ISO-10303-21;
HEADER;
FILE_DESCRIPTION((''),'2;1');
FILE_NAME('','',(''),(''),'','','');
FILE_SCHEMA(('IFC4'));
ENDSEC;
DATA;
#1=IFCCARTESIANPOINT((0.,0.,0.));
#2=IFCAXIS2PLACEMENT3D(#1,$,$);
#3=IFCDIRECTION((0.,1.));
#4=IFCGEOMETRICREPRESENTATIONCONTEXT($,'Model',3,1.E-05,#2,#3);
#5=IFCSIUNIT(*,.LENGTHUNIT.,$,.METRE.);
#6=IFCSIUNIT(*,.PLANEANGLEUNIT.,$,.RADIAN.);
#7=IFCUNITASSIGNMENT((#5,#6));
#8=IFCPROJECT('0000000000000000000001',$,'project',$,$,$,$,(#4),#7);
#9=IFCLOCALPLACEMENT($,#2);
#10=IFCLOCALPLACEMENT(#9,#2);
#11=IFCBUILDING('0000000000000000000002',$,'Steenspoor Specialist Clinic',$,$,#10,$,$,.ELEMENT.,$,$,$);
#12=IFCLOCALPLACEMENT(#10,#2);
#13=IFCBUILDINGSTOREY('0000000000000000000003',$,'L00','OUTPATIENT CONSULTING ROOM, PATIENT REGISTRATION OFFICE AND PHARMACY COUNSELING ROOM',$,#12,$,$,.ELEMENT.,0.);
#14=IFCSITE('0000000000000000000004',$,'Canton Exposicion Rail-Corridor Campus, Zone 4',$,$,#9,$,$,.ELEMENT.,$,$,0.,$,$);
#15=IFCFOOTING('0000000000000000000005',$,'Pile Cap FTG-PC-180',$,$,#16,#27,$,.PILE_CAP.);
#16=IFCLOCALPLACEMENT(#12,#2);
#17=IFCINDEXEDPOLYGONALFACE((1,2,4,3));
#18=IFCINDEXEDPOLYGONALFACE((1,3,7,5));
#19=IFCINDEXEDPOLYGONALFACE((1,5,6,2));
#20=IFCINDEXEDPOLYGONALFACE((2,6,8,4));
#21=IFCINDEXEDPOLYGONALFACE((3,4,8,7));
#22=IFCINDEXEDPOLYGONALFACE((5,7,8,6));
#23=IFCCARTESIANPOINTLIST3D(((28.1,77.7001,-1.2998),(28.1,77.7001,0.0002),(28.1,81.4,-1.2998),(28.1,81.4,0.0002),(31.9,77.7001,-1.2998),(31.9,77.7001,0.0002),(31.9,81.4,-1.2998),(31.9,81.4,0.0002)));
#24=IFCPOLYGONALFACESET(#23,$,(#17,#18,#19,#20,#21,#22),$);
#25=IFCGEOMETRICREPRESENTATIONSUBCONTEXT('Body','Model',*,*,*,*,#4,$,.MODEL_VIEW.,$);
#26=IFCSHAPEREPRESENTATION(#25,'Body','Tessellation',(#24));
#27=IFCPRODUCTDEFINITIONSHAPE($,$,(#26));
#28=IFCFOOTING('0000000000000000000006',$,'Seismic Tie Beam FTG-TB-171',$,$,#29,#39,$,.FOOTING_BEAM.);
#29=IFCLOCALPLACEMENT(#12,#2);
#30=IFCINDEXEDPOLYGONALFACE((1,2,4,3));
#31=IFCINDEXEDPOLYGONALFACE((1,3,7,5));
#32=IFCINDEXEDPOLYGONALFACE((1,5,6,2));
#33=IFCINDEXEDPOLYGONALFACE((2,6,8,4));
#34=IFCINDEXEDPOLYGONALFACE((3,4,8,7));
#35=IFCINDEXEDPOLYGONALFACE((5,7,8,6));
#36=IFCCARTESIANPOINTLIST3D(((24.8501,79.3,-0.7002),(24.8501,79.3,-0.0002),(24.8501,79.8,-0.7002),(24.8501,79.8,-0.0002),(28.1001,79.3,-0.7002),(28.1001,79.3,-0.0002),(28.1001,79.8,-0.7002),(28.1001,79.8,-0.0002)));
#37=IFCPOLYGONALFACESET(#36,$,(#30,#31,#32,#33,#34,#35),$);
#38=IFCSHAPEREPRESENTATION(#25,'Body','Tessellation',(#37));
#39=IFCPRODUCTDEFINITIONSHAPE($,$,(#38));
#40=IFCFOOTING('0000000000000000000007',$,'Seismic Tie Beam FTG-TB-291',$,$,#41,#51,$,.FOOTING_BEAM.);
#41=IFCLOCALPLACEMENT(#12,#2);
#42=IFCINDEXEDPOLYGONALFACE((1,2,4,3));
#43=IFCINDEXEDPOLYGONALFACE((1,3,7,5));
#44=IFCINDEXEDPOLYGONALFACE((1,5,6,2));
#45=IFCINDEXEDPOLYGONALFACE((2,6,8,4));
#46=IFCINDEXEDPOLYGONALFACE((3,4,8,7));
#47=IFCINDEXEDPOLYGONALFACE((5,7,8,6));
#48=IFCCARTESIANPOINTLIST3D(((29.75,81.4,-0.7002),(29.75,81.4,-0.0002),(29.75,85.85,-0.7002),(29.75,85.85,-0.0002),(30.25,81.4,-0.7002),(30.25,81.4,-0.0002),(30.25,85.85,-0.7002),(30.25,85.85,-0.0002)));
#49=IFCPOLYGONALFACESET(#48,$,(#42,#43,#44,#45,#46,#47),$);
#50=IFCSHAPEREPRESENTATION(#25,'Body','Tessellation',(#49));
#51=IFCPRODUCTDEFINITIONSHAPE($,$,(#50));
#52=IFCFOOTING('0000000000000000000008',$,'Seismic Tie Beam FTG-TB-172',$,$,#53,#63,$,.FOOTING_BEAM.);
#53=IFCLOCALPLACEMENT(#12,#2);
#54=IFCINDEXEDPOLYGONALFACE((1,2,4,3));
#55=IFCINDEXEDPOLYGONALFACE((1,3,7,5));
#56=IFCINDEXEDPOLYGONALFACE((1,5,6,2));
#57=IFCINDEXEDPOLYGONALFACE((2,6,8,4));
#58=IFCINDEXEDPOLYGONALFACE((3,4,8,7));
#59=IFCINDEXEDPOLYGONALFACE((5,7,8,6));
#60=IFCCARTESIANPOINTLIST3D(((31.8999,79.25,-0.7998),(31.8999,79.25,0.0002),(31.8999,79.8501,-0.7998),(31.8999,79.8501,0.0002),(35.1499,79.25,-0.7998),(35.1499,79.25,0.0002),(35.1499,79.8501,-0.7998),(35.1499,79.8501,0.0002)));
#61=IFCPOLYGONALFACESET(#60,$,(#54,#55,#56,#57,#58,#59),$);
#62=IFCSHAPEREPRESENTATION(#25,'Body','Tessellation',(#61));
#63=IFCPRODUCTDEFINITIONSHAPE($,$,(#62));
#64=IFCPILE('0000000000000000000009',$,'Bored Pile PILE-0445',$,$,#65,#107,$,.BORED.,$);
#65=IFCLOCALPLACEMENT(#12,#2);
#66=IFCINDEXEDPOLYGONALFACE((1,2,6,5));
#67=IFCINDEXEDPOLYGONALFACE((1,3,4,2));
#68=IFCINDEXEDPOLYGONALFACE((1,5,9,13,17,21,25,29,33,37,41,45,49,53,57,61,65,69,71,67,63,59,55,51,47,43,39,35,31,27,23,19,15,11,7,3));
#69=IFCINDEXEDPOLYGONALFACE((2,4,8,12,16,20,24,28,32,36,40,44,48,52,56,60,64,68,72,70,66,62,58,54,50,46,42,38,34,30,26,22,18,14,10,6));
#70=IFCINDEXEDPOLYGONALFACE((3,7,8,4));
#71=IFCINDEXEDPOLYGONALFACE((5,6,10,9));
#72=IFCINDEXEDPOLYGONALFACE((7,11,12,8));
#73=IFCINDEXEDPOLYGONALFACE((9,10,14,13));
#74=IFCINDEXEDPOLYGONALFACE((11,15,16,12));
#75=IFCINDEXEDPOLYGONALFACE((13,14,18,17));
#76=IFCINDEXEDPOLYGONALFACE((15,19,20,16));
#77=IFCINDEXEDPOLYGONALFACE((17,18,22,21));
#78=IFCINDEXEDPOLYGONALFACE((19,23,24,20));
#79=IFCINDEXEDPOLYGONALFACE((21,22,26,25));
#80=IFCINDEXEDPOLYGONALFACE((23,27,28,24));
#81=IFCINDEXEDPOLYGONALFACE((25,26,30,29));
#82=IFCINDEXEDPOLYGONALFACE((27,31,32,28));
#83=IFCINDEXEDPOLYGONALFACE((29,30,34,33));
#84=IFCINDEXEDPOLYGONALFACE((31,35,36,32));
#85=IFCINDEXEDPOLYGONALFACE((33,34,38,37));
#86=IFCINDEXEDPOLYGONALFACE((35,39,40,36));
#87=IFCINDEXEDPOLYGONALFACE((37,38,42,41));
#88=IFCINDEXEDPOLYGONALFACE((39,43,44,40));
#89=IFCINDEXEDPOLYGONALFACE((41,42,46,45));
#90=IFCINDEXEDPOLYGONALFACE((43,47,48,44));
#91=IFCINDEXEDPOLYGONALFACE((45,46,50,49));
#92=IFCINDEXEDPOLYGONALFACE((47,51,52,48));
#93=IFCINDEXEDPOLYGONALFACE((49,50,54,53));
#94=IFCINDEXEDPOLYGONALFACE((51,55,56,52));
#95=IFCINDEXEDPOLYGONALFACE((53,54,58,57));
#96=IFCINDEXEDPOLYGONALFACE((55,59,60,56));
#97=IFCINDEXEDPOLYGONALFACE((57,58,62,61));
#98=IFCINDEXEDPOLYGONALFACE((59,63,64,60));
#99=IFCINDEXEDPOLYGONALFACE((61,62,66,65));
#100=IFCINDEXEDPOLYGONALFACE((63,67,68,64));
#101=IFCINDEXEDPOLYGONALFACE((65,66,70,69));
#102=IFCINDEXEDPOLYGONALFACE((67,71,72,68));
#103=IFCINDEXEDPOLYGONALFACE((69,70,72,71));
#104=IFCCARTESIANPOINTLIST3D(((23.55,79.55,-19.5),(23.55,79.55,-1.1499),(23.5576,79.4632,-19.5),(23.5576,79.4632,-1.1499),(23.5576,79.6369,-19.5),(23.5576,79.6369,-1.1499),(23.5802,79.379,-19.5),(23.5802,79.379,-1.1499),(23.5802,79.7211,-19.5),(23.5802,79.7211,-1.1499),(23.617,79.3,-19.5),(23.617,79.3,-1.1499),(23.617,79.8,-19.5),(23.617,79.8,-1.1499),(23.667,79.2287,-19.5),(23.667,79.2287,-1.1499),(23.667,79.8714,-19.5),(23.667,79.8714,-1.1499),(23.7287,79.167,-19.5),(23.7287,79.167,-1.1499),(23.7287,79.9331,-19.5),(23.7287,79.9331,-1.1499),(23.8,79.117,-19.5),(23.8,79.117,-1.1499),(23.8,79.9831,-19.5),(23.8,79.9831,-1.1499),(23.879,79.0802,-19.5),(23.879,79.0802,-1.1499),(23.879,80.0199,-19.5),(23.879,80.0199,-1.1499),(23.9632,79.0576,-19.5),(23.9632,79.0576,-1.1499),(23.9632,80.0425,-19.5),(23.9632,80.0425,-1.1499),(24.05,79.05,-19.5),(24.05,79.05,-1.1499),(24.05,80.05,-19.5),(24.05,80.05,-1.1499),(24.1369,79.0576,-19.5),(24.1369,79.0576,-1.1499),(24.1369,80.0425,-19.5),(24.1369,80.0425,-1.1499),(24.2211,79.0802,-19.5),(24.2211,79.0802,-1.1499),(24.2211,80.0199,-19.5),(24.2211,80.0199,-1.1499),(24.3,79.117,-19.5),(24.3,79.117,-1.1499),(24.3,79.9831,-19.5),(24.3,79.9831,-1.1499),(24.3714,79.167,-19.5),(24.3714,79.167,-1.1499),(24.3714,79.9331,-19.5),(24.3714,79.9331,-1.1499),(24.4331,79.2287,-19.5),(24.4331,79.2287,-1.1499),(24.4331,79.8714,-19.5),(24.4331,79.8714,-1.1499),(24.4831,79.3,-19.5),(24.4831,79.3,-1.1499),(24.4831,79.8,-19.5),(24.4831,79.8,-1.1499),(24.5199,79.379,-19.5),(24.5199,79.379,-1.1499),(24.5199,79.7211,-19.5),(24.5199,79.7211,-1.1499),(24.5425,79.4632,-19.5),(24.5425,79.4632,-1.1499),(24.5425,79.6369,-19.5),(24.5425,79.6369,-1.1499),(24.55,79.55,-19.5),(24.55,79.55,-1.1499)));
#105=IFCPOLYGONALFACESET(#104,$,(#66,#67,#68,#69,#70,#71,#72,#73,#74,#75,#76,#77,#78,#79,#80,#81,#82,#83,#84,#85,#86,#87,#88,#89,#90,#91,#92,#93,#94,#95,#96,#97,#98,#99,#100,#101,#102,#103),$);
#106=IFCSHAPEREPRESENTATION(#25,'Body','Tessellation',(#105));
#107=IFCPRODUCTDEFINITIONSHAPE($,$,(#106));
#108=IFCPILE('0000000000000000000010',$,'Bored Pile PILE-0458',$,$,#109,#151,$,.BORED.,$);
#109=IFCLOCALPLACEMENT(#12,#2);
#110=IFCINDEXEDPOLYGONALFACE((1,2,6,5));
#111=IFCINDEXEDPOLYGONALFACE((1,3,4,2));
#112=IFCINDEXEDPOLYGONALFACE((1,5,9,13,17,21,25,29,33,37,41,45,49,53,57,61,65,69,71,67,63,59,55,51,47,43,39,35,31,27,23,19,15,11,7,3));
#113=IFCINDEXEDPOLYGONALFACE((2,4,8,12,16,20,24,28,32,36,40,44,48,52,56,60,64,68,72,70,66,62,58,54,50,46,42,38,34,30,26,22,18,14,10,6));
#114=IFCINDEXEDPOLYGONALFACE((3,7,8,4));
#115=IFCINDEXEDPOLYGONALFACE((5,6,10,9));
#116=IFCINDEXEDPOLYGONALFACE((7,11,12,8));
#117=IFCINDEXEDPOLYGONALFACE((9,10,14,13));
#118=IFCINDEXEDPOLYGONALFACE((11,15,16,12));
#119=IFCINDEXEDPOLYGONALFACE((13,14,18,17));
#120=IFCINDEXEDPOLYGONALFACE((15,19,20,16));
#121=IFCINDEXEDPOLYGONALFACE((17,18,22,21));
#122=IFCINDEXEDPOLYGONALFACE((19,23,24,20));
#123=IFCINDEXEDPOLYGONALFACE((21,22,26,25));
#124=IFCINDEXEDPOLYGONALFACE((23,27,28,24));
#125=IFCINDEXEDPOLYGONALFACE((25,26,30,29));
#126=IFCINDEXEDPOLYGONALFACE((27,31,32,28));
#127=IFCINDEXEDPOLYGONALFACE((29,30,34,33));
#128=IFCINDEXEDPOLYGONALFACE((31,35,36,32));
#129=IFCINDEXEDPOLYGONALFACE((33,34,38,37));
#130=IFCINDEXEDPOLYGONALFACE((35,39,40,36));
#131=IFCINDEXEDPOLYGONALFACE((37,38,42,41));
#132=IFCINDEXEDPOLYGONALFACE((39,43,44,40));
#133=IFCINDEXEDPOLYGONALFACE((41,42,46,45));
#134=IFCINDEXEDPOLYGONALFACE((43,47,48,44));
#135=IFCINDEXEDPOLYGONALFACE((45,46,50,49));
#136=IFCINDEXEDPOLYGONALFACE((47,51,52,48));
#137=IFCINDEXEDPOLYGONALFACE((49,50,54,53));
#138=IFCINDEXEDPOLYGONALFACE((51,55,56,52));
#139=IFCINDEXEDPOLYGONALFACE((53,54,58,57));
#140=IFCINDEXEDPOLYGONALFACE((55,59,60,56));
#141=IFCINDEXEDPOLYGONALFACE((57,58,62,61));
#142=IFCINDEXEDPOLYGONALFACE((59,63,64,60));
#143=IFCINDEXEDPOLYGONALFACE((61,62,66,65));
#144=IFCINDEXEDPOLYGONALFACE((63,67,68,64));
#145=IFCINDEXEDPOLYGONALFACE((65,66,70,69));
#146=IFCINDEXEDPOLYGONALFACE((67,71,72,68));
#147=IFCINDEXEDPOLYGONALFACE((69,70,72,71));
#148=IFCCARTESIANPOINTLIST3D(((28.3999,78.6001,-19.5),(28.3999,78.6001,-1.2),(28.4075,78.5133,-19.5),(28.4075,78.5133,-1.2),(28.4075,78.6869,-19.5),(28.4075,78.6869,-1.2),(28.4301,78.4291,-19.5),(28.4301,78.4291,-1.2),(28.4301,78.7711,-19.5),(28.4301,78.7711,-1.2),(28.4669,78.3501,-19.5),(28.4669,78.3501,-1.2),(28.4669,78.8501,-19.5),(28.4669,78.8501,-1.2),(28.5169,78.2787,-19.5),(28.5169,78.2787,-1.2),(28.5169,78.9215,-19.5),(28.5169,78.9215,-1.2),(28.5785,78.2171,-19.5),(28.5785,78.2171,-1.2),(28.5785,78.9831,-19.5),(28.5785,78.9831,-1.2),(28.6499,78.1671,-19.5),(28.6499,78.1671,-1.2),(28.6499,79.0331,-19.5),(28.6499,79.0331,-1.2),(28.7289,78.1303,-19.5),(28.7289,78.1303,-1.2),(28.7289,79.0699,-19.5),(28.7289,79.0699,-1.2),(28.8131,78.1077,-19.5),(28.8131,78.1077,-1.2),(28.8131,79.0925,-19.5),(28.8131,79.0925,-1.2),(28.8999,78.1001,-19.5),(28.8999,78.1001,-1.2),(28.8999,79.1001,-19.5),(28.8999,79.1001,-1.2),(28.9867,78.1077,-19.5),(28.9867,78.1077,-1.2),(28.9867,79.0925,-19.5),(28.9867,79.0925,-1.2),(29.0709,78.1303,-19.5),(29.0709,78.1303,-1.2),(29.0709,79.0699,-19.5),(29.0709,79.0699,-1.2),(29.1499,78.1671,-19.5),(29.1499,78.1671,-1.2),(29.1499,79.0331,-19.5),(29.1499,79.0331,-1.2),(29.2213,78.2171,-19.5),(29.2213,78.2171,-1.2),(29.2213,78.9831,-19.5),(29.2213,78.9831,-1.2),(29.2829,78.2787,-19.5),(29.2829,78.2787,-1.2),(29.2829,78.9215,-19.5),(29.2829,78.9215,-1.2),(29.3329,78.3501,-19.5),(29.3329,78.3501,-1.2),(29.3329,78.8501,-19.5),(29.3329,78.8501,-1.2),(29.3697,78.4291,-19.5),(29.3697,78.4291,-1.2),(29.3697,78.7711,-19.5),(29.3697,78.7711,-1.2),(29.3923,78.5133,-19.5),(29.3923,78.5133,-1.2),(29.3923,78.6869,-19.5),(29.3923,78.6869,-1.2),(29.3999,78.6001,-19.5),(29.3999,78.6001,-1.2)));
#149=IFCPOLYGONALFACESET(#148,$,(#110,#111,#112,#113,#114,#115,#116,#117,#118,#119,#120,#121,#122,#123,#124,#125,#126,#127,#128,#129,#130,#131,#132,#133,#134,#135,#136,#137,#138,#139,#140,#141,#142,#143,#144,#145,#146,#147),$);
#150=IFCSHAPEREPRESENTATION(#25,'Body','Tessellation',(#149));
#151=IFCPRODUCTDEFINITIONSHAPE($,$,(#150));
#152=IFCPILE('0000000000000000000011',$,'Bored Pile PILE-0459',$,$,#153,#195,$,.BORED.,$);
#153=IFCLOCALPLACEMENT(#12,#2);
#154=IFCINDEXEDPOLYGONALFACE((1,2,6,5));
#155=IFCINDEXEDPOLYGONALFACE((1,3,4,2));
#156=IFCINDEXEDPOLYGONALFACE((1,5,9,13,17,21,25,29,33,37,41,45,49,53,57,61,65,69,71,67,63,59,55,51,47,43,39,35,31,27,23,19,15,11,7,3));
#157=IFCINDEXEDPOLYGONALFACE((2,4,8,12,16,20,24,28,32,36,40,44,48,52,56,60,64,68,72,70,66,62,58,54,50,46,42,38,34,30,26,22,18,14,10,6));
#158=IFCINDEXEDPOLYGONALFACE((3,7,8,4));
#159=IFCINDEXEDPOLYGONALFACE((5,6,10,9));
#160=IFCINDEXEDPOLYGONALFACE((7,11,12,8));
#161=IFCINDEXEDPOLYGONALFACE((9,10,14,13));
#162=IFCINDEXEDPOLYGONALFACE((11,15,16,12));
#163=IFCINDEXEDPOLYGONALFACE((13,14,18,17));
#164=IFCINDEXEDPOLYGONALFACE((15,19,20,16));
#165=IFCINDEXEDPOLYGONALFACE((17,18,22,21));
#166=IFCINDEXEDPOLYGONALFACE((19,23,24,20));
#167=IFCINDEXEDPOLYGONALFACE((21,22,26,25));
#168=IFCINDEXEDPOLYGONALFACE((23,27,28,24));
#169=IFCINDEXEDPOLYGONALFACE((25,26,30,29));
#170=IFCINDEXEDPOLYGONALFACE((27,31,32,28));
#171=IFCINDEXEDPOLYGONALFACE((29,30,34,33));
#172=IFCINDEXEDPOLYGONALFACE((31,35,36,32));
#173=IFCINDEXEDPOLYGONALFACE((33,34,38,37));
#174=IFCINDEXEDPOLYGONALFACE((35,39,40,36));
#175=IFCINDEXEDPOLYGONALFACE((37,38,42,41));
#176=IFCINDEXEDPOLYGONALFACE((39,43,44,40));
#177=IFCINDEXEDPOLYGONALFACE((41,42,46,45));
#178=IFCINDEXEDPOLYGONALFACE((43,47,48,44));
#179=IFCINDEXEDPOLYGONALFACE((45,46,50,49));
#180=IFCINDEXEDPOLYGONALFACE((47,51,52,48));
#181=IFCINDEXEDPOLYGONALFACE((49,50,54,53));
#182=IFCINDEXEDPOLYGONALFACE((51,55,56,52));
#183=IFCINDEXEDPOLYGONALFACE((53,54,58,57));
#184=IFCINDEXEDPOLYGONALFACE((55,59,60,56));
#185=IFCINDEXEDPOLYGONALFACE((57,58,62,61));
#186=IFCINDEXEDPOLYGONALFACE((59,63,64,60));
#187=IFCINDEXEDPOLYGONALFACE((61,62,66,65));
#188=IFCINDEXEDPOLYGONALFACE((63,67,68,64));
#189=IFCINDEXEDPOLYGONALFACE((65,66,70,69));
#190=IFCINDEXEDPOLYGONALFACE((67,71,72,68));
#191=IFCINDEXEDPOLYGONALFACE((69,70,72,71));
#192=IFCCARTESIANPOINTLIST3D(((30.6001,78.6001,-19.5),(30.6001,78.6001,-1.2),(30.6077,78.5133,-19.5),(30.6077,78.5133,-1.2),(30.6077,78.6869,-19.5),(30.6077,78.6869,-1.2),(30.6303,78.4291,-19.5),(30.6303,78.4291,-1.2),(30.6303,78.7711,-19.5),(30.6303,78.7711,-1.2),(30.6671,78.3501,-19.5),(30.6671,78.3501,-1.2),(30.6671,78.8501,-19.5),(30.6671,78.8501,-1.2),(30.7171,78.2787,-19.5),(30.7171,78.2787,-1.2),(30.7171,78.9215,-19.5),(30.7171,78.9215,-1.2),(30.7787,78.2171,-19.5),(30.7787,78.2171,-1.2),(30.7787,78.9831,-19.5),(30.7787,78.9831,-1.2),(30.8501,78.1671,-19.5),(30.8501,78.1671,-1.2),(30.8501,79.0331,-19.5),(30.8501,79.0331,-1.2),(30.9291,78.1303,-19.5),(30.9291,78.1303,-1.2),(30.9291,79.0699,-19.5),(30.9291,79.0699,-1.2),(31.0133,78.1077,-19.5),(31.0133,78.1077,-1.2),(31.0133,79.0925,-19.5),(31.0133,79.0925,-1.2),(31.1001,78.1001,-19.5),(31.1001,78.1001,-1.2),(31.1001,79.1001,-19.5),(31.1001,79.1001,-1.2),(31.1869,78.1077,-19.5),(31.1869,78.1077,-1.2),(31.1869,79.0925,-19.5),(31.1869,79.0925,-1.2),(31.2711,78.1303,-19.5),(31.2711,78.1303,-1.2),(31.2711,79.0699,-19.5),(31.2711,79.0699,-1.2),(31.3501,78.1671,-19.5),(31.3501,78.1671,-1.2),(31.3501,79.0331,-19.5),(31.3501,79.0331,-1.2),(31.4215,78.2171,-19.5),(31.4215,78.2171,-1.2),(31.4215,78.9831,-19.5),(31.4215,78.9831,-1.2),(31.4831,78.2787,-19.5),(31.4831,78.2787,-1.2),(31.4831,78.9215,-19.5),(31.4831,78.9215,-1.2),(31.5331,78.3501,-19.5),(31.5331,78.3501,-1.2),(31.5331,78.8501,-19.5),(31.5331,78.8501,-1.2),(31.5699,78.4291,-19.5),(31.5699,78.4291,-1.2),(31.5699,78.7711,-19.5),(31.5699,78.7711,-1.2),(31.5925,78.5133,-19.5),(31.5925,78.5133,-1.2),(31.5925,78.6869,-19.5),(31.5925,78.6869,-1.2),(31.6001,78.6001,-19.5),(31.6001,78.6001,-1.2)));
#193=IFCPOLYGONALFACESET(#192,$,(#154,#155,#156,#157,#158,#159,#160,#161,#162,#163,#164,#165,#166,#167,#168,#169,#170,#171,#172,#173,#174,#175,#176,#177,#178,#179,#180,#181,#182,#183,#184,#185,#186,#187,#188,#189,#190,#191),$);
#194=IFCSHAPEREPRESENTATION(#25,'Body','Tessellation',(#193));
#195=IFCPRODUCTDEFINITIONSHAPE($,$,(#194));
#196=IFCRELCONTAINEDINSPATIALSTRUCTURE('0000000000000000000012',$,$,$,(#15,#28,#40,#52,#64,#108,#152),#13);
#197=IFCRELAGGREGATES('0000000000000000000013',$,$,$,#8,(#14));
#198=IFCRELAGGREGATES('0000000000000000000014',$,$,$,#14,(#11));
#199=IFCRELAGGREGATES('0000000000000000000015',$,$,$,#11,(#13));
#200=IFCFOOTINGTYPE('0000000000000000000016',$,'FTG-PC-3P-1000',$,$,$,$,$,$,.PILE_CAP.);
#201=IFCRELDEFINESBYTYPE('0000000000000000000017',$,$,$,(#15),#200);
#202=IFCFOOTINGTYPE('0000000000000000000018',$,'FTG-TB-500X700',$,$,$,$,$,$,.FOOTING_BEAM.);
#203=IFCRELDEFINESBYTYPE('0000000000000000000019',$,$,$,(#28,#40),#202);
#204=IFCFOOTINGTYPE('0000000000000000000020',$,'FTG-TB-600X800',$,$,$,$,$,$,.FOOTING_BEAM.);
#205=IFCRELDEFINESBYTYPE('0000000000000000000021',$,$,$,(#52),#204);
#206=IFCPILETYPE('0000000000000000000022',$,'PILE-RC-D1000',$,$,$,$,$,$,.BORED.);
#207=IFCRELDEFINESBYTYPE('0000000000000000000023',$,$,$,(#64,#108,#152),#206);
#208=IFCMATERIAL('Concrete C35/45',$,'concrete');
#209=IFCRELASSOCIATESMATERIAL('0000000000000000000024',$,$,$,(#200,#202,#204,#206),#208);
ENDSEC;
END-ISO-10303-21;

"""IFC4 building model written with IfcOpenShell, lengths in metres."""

from ifc_helpers import new_model, si_unit, direction, frame, origin, origin_2d, place, context, subcontext, project, spatial, rectangle, circle, extrude, material, material_profile, profile_set, type_object, element, save


model = new_model("IFC4")

# Units and contexts
model_context = context("Model", 3, precision=1e-05, world=origin(), true_north=direction((0.0, 1.0)))
body_context = subcontext(model_context, "Body", "Model", "MODEL_VIEW")
ifc_project = project(units=[si_unit("LENGTHUNIT", "METRE"), si_unit("PLANEANGLEUNIT", "RADIAN")], contexts=[model_context])

# Site, building, storey
site_placement = place(None, origin())
site = spatial("IfcSite", under=ifc_project, at=site_placement, Name="Canton Exposicion Rail-Corridor Campus, Zone 4", CompositionType="ELEMENT", RefElevation=0.0)
building_placement = place(site_placement, origin())
building = spatial("IfcBuilding", under=site, at=building_placement, Name="Steenspoor Specialist Clinic", CompositionType="ELEMENT")
storey_placement = place(building_placement, origin())
storey = spatial("IfcBuildingStorey", under=building, at=storey_placement, Name="L00", Description="OUTPATIENT CONSULTING ROOM, PATIENT REGISTRATION OFFICE AND PHARMACY COUNSELING ROOM", CompositionType="ELEMENT", Elevation=0.0)

# Footings
ifc_material_1 = material(Name="Concrete C35/45", Category="concrete")
footing_type_1 = type_object("IfcFootingType", Name="FTG-PC-3P-1000", PredefinedType="PILE_CAP", material=ifc_material_1)
footing_1_placement = place(storey_placement, frame((30.0, 79.55, -1.2998), z_axis=(0.0, 0.0, 1.0), x_axis=(1.0, 0.0, 0.0)))
element("IfcFooting", 1, at=footing_1_placement, inside=storey, type_object=footing_type_1, Name="Pile Cap FTG-PC-180", PredefinedType="PILE_CAP", context=body_context, shape_type="SweptSolid", body=[
    extrude(rectangle(XDim=3.8, YDim=3.7, at=origin_2d()), origin(), (0.0, 0.0, 1.0), 1.3),
])
footing_type_2 = type_object("IfcFootingType", Name="FTG-TB-500X700", PredefinedType="FOOTING_BEAM", material=ifc_material_1)
footing_2_placement = place(storey_placement, frame((26.4751, 79.55, -0.7002), z_axis=(0.0, 0.0, 1.0), x_axis=(1.0, 0.0, 0.0)))
element("IfcFooting", 2, at=footing_2_placement, inside=storey, type_object=footing_type_2, Name="Seismic Tie Beam FTG-TB-171", PredefinedType="FOOTING_BEAM", context=body_context, shape_type="SweptSolid", body=[
    extrude(rectangle(XDim=3.25, YDim=0.5, at=origin_2d()), origin(), (0.0, 0.0, 1.0), 0.7),
])
footing_3_placement = place(storey_placement, frame((30.0, 83.625, -0.7002), z_axis=(0.0, 0.0, 1.0), x_axis=(1.0, 0.0, 0.0)))
element("IfcFooting", 3, at=footing_3_placement, inside=storey, type_object=footing_type_2, Name="Seismic Tie Beam FTG-TB-291", PredefinedType="FOOTING_BEAM", context=body_context, shape_type="SweptSolid", body=[
    extrude(rectangle(XDim=0.5, YDim=4.45, at=origin_2d()), origin(), (0.0, 0.0, 1.0), 0.7),
])
footing_type_3 = type_object("IfcFootingType", Name="FTG-TB-600X800", PredefinedType="FOOTING_BEAM", material=ifc_material_1)
footing_4_placement = place(storey_placement, frame((33.5249, 79.55, -0.7998), z_axis=(0.0, 0.0, 1.0), x_axis=(1.0, 0.0, 0.0)))
element("IfcFooting", 4, at=footing_4_placement, inside=storey, type_object=footing_type_3, Name="Seismic Tie Beam FTG-TB-172", PredefinedType="FOOTING_BEAM", context=body_context, shape_type="SweptSolid", body=[
    extrude(rectangle(XDim=3.25, YDim=0.6001, at=origin_2d()), origin(), (0.0, 0.0, 1.0), 0.8),
])

# Piles
ifc_material_profile_1 = material_profile(ifc_material_1, circle(Radius=0.5, at=origin_2d()), Name="PILE-D1000")
ifc_profile_set_1 = profile_set([ifc_material_profile_1], Name="Concrete C35/45")
pile_type = type_object("IfcPileType", Name="PILE-RC-D1000", PredefinedType="BORED", material=ifc_profile_set_1)
pile_placement = place(storey_placement, frame((24.05, 79.55, -1.1499), z_axis=(0.0, 0.0, -1.0), x_axis=(1.0, 0.0, 0.0)))
element("IfcPile", 5, at=pile_placement, inside=storey, type_object=pile_type, Name="Bored Pile PILE-0445", PredefinedType="BORED", context=body_context, shape_type="SweptSolid", body=[
    extrude(circle(Radius=0.5, at=origin_2d()), origin(), (0.0, 0.0, 1.0), 18.3501),
])
for number, where, z_axis, x_axis, name in (
    (6, (28.8999, 78.6001, -1.2), (0.0, 0.0, -1.0), (1.0, 0.0, 0.0), "Bored Pile PILE-0458"),
    (7, (31.1001, 78.6001, -1.2), (0.0, 0.0, -1.0), (1.0, 0.0, 0.0), "Bored Pile PILE-0459"),
):
    element("IfcPile", number, at=place(storey_placement, frame(where, z_axis=z_axis, x_axis=x_axis)), inside=storey, type_object=pile_type, Name=name, PredefinedType="BORED", context=body_context, shape_type="SweptSolid", body=[
        extrude(circle(Radius=0.5, at=origin_2d()), origin(), (0.0, 0.0, 1.0), 18.3),
    ])

save(model, "model.ifc")
